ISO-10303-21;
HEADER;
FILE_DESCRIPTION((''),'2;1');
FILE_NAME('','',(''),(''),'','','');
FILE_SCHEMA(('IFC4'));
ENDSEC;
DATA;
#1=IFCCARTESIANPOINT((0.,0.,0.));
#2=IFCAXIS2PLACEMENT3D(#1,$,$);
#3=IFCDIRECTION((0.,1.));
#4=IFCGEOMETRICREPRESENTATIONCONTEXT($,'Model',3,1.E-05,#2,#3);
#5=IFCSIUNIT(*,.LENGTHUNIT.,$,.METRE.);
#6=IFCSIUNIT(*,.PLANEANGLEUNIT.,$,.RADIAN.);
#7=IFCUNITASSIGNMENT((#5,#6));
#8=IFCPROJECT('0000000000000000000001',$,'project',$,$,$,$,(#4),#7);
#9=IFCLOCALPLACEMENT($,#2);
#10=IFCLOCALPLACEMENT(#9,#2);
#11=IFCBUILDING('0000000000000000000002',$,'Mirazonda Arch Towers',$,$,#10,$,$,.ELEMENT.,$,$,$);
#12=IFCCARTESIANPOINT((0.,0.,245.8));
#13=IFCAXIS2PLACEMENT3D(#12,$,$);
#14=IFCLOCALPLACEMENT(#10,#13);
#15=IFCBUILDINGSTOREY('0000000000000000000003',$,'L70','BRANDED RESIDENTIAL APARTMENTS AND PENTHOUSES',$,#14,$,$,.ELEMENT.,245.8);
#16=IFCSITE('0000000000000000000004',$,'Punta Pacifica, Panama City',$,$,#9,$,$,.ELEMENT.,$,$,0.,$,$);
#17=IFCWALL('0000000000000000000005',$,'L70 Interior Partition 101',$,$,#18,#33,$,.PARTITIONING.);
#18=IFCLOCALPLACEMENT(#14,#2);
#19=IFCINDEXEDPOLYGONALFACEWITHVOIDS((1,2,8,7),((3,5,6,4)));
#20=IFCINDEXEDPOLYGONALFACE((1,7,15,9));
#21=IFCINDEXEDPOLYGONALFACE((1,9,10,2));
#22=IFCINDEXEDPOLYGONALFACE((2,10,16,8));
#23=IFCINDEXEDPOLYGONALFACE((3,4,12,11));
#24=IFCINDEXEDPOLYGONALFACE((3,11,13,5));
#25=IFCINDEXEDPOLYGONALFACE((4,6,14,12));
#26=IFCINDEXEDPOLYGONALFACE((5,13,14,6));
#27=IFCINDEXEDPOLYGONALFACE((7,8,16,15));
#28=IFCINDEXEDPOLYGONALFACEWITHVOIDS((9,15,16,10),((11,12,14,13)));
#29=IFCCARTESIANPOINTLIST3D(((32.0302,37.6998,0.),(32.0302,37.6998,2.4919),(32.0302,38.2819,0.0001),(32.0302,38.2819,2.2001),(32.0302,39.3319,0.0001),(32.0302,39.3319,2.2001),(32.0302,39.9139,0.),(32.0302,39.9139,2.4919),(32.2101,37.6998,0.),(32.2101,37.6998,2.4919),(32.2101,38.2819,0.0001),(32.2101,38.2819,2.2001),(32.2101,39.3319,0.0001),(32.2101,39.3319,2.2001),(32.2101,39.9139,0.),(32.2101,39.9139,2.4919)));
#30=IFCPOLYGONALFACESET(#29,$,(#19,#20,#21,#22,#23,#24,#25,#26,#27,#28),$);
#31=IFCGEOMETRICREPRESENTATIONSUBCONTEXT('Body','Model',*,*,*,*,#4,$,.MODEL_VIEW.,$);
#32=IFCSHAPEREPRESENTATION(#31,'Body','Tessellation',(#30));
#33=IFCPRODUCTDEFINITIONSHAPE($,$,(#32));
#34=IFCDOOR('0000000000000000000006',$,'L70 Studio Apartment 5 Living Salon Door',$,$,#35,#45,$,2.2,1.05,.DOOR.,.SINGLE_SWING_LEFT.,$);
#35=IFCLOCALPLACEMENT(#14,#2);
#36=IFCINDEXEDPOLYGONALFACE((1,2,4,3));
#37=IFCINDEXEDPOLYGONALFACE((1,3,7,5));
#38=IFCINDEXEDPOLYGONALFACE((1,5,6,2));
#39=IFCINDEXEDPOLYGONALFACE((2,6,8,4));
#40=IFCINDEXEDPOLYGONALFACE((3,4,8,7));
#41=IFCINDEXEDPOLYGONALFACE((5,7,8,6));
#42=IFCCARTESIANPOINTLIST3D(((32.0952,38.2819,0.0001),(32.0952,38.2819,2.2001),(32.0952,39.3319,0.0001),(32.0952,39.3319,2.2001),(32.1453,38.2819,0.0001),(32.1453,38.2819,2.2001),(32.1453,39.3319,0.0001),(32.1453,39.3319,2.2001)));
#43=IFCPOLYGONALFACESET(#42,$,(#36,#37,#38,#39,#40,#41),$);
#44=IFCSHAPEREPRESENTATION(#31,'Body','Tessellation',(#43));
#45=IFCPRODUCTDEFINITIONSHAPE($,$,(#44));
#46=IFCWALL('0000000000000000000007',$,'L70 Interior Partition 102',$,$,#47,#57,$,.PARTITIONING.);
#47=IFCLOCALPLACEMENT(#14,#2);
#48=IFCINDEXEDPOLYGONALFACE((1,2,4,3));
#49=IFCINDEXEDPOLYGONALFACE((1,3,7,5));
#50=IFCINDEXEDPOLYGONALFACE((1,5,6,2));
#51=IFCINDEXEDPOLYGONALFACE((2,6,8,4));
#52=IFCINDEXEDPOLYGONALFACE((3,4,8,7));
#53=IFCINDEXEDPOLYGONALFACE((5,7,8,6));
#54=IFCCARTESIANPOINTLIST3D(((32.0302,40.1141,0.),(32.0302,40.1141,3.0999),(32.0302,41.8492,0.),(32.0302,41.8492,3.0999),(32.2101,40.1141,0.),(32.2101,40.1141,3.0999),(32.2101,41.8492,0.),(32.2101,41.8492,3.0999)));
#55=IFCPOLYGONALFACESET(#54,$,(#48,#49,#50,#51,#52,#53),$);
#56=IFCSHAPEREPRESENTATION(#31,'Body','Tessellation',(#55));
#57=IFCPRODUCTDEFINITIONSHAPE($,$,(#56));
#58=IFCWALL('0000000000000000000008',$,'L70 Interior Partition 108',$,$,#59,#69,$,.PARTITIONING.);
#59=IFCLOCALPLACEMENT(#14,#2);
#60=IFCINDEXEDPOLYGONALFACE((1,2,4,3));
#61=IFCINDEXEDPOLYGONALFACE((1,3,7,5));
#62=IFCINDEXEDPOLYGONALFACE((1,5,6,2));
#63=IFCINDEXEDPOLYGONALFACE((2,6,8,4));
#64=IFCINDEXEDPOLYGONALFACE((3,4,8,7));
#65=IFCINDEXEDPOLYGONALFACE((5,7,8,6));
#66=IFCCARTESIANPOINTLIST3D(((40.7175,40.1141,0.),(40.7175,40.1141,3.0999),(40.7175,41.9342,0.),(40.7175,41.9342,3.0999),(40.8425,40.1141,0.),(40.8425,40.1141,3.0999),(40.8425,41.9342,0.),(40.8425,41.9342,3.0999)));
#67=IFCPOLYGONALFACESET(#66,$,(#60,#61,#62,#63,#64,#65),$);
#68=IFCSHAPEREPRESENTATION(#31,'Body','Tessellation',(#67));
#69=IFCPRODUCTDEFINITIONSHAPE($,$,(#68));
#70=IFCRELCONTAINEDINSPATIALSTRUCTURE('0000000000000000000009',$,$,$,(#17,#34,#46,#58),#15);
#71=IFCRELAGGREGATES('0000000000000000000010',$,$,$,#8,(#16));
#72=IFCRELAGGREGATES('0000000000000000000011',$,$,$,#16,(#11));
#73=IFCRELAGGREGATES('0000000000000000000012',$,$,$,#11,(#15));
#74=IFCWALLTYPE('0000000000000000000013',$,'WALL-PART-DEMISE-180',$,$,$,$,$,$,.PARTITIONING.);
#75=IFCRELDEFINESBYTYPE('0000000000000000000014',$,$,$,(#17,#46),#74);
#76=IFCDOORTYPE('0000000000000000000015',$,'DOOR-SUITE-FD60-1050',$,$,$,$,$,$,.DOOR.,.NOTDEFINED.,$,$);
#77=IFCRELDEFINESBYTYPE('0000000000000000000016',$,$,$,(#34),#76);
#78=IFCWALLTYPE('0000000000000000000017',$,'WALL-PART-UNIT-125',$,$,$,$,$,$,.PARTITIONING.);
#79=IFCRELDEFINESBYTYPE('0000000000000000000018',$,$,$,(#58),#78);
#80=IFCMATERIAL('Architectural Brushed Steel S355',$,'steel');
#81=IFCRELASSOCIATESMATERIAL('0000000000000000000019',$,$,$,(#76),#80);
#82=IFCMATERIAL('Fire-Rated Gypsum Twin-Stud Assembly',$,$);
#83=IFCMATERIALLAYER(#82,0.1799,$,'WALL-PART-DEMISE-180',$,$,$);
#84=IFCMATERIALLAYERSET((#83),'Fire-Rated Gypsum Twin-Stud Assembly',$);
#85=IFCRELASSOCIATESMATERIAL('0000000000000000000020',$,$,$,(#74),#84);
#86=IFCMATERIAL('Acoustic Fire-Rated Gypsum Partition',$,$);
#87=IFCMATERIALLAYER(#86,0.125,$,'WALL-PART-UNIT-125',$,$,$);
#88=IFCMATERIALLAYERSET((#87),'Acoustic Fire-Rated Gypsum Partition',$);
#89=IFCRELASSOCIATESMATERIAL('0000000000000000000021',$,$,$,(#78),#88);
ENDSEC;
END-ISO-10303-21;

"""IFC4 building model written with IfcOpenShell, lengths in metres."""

from ifc_helpers import new_model, si_unit, direction, frame, frame_2d, origin, place, context, subcontext, project, spatial, rectangle, extrude, material, layer, layer_set, type_object, element, fill, save


model = new_model("IFC4")

# Units and contexts
model_context = context("Model", 3, precision=1e-05, world=origin(), true_north=direction((0.0, 1.0)))
body_context = subcontext(model_context, "Body", "Model", "MODEL_VIEW")
ifc_project = project(units=[si_unit("LENGTHUNIT", "METRE"), si_unit("PLANEANGLEUNIT", "RADIAN")], contexts=[model_context])

# Site, building, storey
site_placement = place(None, origin())
site = spatial("IfcSite", under=ifc_project, at=site_placement, Name="Punta Pacifica, Panama City", CompositionType="ELEMENT", RefElevation=0.0)
building_placement = place(site_placement, origin())
building = spatial("IfcBuilding", under=site, at=building_placement, Name="Mirazonda Arch Towers", CompositionType="ELEMENT")
storey_placement = place(building_placement, frame((0.0, 0.0, 245.8)))
storey = spatial("IfcBuildingStorey", under=building, at=storey_placement, Name="L70", Description="BRANDED RESIDENTIAL APARTMENTS AND PENTHOUSES", CompositionType="ELEMENT", Elevation=245.8)

# Shared definitions
ifc_material_1 = material(Name="Architectural Brushed Steel S355", Category="steel")
door_type_1 = type_object("IfcDoorType", Name="DOOR-SUITE-FD60-1050", OperationType="NOTDEFINED", PredefinedType="DOOR", material=ifc_material_1)

# Shared definitions
ifc_material_2 = material(Name="Fire-Rated Gypsum Twin-Stud Assembly")
ifc_layer_1 = layer(ifc_material_2, 0.1799, Name="WALL-PART-DEMISE-180")
ifc_layer_set_1 = layer_set([ifc_layer_1], Name="Fire-Rated Gypsum Twin-Stud Assembly")
wall_type_1 = type_object("IfcWallType", Name="WALL-PART-DEMISE-180", PredefinedType="PARTITIONING", material=ifc_layer_set_1)

# Wall, opening, door
wall_1_placement = place(storey_placement, frame((32.1201, 37.7, 0.0), z_axis=(0.0, 0.0, 1.0), x_axis=(0.0, 1.0, 0.0)))
wall_1 = element("IfcWall", 1, at=wall_1_placement, inside=storey, type_object=wall_type_1, Name="L70 Interior Partition 101", PredefinedType="PARTITIONING", context=body_context, shape_type="SweptSolid", body=[
    extrude(rectangle(XDim=2.2141, YDim=0.1799, at=frame_2d((1.1069, 0.0))), origin(), (0.0, 0.0, 1.0), 2.4919),
])
opening_1_placement = place(wall_1_placement, frame((0.582, 0.0, 0.0)))
opening_1 = element("IfcOpeningElement", 2, at=opening_1_placement, cuts=wall_1, PredefinedType="OPENING", context=body_context, shape_type="SweptSolid", body=[
    extrude(rectangle(XDim=1.05, YDim=2.2, at=frame_2d((0.5249, 1.1001))), frame((0.0, 0.0999, 0.0), z_axis=(0.0, -1.0, 0.0), x_axis=(1.0, 0.0, 0.0)), (0.0, 0.0, 1.0), 0.2),
])
door_1_placement = place(opening_1_placement, origin())
door_1 = element("IfcDoor", 3, at=door_1_placement, inside=storey, type_object=door_type_1, Name="L70 Studio Apartment 5 Living Salon Door", OperationType="SINGLE_SWING_LEFT", OverallHeight=2.2, OverallWidth=1.05, PredefinedType="DOOR", context=body_context, shape_type="SweptSolid", body=[
    extrude(rectangle(XDim=1.05, YDim=2.2, at=frame_2d((0.5249, 1.1001))), frame((0.0, 0.0249, 0.0), z_axis=(0.0, -1.0, 0.0), x_axis=(1.0, 0.0, 0.0)), (0.0, 0.0, 1.0), 0.05),
])
fill(opening_1, door_1)

# Wall
wall_2_placement = place(storey_placement, frame((32.1201, 40.114, 0.0), z_axis=(0.0, 0.0, 1.0), x_axis=(0.0, 1.0, 0.0)))
element("IfcWall", 4, at=wall_2_placement, inside=storey, type_object=wall_type_1, Name="L70 Interior Partition 102", PredefinedType="PARTITIONING", context=body_context, shape_type="SweptSolid", body=[
    extrude(rectangle(XDim=1.7351, YDim=0.1799, at=frame_2d((0.8677, 0.0))), origin(), (0.0, 0.0, 1.0), 3.0999),
])

# Wall
ifc_material_3 = material(Name="Acoustic Fire-Rated Gypsum Partition")
ifc_layer_2 = layer(ifc_material_3, 0.125, Name="WALL-PART-UNIT-125")
ifc_layer_set_2 = layer_set([ifc_layer_2], Name="Acoustic Fire-Rated Gypsum Partition")
wall_type_2 = type_object("IfcWallType", Name="WALL-PART-UNIT-125", PredefinedType="PARTITIONING", material=ifc_layer_set_2)
wall_3_placement = place(storey_placement, frame((40.78, 40.114, 0.0), z_axis=(0.0, 0.0, 1.0), x_axis=(0.0, 1.0, 0.0)))
element("IfcWall", 5, at=wall_3_placement, inside=storey, type_object=wall_type_2, Name="L70 Interior Partition 108", PredefinedType="PARTITIONING", context=body_context, shape_type="SweptSolid", body=[
    extrude(rectangle(XDim=1.8201, YDim=0.125, at=frame_2d((0.9102, 0.0))), origin(), (0.0, 0.0, 1.0), 3.0999),
])

save(model, "model.ifc")
